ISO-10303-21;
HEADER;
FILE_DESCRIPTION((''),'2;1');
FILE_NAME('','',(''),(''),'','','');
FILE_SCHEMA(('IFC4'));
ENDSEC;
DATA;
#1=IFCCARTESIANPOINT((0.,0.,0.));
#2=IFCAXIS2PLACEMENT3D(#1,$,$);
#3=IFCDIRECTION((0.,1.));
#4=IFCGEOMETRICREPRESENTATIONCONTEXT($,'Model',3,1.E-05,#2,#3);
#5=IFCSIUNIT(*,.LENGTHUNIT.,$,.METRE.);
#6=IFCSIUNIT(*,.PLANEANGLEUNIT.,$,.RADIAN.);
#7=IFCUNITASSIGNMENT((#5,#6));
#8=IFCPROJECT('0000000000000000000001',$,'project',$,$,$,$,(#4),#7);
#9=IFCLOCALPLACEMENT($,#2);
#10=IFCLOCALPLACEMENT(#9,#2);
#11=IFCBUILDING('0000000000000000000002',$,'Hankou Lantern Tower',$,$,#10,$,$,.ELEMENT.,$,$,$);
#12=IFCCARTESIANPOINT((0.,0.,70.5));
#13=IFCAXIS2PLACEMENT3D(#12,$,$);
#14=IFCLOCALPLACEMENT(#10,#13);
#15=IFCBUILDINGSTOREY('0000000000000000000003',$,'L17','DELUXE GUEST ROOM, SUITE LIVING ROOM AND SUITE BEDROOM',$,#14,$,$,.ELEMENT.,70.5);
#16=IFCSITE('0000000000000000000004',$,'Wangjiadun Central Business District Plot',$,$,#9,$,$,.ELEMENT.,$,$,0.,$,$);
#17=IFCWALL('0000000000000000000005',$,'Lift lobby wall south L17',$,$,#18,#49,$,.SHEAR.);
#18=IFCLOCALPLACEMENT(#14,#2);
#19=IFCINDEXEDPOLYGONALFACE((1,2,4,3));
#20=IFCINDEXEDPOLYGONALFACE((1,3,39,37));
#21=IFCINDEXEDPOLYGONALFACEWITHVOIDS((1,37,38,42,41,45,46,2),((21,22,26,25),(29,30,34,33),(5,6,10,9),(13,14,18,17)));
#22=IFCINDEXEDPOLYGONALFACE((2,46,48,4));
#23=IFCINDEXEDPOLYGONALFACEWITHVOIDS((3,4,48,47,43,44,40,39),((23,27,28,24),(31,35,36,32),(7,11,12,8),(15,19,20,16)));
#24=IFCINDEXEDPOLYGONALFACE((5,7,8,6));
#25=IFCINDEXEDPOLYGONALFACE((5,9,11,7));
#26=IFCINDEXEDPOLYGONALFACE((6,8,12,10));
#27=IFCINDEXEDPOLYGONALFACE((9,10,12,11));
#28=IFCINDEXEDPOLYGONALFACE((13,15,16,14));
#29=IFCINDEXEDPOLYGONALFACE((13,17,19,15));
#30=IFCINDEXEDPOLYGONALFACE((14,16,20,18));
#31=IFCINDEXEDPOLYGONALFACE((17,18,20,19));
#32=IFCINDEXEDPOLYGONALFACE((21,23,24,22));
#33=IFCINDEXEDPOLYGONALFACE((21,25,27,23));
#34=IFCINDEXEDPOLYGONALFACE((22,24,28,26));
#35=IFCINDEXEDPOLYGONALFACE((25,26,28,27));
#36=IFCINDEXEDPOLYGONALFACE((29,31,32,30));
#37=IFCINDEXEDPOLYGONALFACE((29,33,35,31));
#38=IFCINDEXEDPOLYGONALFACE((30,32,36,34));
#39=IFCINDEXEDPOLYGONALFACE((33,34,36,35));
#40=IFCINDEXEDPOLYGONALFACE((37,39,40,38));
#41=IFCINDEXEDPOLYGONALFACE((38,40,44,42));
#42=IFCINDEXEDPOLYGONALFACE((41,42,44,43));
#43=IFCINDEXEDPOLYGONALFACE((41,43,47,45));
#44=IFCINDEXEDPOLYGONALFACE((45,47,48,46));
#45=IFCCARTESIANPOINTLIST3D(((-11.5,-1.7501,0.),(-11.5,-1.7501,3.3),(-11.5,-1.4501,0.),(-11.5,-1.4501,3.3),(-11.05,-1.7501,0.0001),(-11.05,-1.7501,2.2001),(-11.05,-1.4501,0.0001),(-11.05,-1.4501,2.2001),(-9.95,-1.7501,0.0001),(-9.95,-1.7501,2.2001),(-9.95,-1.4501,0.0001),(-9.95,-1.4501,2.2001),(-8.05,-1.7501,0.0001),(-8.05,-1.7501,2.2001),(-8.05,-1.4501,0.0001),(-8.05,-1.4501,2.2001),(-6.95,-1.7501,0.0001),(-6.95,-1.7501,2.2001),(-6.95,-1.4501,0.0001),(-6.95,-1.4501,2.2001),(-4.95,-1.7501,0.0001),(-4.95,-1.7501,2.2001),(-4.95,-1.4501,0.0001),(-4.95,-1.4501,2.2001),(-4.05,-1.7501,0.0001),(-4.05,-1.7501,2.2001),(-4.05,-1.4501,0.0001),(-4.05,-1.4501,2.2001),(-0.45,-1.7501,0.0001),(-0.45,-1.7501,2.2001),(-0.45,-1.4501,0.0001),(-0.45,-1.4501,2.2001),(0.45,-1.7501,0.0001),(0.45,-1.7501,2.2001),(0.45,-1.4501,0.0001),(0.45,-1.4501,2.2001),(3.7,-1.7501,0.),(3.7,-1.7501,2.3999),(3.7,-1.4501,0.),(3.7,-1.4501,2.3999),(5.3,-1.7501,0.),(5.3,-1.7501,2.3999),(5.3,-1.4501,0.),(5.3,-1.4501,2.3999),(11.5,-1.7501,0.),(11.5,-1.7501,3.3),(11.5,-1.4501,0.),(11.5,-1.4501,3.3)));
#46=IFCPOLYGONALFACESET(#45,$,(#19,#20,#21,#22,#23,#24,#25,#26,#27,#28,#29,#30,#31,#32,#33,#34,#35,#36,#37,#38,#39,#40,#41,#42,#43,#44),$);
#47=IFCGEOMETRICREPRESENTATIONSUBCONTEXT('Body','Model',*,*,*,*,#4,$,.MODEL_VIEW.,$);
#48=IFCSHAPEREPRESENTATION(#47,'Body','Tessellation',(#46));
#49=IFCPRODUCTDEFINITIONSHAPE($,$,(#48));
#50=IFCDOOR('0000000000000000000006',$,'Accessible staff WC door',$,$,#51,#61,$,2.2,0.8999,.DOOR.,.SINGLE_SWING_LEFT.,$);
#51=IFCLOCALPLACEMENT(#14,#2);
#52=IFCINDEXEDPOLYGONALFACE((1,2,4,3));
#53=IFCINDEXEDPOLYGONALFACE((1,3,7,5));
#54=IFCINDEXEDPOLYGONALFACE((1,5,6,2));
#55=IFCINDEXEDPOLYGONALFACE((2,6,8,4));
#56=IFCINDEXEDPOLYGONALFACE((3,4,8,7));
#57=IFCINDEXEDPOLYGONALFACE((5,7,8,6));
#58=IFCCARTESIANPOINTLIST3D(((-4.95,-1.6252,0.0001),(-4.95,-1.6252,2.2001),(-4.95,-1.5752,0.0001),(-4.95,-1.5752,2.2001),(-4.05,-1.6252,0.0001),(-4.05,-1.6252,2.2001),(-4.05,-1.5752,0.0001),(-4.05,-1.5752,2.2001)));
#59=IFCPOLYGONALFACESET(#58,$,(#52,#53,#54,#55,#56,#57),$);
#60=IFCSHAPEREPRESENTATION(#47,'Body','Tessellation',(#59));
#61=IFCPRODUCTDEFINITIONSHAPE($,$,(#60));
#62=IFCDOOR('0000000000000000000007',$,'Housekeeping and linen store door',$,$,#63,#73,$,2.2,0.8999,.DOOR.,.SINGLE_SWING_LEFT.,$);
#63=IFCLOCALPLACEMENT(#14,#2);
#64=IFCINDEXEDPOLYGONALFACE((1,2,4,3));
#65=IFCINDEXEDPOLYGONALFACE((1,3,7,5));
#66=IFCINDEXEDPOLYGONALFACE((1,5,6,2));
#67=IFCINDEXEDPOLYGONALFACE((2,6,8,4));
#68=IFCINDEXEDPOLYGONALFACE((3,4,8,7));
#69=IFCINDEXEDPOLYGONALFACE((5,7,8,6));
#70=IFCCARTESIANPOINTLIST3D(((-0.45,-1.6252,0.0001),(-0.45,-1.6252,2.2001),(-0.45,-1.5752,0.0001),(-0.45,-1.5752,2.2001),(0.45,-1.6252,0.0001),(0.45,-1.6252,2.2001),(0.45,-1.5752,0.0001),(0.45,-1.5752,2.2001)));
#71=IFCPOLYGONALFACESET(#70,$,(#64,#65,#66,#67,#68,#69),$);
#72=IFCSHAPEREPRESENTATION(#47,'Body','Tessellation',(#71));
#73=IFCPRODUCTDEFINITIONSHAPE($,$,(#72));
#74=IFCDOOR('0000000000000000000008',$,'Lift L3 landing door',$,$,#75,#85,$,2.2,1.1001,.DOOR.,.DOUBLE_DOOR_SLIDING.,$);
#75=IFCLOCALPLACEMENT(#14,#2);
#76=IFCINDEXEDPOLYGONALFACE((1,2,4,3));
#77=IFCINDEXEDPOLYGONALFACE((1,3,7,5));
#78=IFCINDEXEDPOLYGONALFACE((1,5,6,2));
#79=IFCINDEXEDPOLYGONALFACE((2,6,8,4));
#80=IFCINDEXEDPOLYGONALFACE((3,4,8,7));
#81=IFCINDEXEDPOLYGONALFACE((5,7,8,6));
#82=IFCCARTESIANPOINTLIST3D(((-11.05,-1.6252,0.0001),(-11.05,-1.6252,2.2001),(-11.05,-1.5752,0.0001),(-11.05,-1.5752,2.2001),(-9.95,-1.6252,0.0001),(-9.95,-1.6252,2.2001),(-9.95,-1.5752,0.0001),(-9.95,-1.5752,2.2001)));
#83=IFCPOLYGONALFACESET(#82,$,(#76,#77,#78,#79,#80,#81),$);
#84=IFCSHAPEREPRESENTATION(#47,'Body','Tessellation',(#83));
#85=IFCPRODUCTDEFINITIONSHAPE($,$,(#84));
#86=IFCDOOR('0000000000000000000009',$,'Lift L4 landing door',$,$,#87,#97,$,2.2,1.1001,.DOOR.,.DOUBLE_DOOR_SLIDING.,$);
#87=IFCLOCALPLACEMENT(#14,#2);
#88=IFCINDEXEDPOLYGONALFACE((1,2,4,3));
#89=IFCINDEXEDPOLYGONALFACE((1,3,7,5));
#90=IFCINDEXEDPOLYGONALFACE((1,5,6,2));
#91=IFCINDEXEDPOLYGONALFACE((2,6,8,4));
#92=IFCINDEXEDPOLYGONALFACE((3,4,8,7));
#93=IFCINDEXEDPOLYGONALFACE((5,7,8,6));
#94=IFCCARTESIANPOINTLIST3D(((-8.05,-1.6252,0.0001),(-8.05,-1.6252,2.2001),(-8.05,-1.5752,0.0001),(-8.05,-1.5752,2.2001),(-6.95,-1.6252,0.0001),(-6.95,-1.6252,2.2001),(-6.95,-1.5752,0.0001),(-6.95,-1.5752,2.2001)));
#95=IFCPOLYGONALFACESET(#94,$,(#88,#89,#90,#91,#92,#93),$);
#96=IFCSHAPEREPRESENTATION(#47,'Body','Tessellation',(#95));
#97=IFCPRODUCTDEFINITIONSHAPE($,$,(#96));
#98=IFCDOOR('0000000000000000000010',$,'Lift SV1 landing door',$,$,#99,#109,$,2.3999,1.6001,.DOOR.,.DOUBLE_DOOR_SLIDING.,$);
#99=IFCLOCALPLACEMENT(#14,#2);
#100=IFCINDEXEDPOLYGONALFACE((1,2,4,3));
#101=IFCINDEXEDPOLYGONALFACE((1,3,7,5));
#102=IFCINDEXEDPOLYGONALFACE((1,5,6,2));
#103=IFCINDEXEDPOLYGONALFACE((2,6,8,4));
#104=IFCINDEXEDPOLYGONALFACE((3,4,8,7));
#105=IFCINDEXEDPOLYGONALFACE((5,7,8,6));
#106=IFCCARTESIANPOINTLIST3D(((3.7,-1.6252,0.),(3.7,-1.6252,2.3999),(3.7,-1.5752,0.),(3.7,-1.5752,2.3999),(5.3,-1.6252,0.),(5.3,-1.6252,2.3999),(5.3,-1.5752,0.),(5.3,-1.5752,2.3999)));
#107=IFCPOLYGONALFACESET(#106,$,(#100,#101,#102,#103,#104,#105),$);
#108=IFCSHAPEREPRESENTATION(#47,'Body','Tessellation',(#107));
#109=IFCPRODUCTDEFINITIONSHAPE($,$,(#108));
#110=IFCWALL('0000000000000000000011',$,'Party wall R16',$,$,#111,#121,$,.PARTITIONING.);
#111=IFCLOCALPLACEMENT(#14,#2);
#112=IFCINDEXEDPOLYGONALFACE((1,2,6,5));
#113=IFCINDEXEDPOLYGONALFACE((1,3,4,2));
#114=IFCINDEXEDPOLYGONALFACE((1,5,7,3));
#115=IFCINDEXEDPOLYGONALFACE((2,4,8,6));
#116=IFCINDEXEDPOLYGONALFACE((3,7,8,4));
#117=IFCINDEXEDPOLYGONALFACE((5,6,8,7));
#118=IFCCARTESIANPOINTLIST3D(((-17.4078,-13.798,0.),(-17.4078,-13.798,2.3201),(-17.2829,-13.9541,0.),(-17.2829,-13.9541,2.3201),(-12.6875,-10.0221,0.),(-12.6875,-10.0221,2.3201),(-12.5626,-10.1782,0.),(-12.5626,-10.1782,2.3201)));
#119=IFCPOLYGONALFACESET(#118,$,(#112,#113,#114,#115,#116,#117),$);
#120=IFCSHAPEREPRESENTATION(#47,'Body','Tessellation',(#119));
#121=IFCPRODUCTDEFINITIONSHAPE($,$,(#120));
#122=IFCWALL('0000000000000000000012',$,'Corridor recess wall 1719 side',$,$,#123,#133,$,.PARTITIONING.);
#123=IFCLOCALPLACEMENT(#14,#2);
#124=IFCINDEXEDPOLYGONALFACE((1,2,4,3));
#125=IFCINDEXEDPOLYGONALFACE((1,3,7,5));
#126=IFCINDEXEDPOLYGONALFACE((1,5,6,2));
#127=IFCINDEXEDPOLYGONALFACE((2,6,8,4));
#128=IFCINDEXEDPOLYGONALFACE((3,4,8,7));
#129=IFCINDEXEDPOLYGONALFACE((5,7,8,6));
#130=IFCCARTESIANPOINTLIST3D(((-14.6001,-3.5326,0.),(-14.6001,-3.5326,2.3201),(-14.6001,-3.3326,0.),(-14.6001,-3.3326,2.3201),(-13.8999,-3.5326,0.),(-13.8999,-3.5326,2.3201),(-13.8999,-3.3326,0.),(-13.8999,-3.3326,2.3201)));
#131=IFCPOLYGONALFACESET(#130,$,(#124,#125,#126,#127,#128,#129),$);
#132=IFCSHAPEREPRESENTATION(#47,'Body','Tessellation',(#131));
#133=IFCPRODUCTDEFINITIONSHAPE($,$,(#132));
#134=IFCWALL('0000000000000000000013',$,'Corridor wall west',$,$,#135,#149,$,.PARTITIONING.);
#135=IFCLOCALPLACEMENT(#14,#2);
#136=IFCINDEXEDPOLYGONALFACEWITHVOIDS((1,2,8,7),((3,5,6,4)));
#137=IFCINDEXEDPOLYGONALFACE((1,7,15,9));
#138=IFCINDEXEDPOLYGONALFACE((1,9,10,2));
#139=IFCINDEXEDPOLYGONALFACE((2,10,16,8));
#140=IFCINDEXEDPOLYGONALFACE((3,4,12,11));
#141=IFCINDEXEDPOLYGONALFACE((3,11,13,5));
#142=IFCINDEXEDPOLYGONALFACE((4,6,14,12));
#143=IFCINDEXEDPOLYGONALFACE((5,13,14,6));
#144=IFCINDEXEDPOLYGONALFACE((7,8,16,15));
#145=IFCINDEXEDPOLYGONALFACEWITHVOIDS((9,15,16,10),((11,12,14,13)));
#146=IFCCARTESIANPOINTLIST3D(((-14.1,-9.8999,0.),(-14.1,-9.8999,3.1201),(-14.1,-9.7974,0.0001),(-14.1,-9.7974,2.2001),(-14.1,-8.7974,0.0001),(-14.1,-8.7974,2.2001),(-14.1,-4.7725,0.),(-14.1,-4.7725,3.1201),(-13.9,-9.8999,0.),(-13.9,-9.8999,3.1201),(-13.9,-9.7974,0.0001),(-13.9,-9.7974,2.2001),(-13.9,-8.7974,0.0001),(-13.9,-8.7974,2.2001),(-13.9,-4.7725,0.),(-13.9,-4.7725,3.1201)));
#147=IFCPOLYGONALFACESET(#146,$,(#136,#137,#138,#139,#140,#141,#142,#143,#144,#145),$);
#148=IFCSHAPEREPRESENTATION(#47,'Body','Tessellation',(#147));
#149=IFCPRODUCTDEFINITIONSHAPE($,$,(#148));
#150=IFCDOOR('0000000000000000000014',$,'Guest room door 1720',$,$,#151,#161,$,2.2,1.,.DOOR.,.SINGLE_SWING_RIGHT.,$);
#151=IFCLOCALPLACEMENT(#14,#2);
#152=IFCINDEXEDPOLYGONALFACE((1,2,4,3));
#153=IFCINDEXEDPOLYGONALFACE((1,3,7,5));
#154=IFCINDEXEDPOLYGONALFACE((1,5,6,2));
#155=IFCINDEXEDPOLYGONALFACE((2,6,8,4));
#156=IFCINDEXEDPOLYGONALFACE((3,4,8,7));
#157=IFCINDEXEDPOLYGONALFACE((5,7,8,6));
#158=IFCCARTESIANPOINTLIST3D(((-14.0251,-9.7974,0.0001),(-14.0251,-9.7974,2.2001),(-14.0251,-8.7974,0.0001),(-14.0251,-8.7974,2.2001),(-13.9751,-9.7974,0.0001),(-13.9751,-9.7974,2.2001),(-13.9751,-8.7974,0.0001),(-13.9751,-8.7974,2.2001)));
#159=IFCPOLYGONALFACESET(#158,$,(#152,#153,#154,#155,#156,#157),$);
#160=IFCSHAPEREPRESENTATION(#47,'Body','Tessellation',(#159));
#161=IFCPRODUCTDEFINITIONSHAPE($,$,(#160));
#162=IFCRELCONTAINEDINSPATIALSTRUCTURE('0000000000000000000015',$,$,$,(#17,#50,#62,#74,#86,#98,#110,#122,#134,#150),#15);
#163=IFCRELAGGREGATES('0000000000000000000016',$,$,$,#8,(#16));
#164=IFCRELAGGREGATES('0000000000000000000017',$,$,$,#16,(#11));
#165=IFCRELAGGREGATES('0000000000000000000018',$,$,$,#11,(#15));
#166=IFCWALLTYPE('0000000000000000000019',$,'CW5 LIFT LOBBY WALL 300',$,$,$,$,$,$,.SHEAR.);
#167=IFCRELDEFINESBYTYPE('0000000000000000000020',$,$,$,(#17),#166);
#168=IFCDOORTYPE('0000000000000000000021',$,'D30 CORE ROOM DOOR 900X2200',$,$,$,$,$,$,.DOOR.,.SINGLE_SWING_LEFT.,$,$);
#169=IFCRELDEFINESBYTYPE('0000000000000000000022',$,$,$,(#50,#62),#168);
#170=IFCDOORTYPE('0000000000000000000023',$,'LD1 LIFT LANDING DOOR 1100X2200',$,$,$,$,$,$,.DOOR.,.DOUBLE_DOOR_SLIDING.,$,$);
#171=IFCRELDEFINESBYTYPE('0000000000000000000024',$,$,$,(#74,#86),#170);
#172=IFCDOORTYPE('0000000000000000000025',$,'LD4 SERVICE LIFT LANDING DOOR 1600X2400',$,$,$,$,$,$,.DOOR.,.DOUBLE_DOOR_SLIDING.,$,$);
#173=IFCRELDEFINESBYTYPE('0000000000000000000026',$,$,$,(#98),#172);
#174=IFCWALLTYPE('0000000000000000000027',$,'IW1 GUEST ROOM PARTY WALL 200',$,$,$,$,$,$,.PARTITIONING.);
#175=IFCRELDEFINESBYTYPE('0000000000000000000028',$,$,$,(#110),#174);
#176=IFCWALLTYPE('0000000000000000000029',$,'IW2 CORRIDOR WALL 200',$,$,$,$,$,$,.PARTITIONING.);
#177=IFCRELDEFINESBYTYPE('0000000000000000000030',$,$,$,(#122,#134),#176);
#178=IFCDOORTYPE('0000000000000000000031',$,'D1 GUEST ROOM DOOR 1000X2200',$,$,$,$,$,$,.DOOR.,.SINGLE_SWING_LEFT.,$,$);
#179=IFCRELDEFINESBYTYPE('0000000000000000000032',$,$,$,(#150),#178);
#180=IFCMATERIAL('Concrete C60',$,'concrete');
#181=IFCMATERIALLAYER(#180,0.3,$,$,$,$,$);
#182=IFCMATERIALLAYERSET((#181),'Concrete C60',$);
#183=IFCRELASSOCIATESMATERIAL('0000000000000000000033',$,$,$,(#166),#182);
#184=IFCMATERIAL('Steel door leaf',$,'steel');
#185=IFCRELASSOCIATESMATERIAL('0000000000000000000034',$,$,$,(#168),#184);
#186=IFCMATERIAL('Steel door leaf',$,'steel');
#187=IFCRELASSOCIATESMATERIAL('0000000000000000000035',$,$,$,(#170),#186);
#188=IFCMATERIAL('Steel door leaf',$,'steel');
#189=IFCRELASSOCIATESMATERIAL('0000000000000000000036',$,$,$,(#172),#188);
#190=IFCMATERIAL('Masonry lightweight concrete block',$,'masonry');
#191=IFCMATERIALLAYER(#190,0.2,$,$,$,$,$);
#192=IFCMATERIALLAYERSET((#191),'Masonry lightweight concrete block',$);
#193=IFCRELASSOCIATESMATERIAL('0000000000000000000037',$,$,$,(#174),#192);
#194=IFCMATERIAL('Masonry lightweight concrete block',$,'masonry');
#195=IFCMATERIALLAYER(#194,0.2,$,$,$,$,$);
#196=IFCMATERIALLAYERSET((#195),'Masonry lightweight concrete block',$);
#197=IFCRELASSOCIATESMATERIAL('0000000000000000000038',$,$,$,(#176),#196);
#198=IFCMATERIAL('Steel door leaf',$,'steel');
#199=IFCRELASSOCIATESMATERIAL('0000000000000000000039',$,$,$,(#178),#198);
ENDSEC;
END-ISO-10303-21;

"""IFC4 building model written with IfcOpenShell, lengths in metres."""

from ifc_helpers import new_model, si_unit, direction, frame, frame_2d, origin, place, context, subcontext, project, spatial, rectangle, extrude, material, layer, layer_set, type_object, element, fill, save


model = new_model("IFC4")

# Units and contexts
model_context = context("Model", 3, precision=1e-05, world=origin(), true_north=direction((0.0, 1.0)))
body_context = subcontext(model_context, "Body", "Model", "MODEL_VIEW")
ifc_project = project(units=[si_unit("LENGTHUNIT", "METRE"), si_unit("PLANEANGLEUNIT", "RADIAN")], contexts=[model_context])

# Site, building, storey
site_placement = place(None, origin())
site = spatial("IfcSite", under=ifc_project, at=site_placement, Name="Wangjiadun Central Business District Plot", CompositionType="ELEMENT", RefElevation=0.0)
building_placement = place(site_placement, origin())
building = spatial("IfcBuilding", under=site, at=building_placement, Name="Hankou Lantern Tower", CompositionType="ELEMENT")
storey_placement = place(building_placement, frame((0.0, 0.0, 70.5)))
storey = spatial("IfcBuildingStorey", under=building, at=storey_placement, Name="L17", Description="DELUXE GUEST ROOM, SUITE LIVING ROOM AND SUITE BEDROOM", CompositionType="ELEMENT", Elevation=70.5)

# Wall, openings, doors
ifc_material_1 = material(Name="Concrete C60", Category="concrete")
ifc_layer_1 = layer(ifc_material_1, 0.3)
ifc_layer_set_1 = layer_set([ifc_layer_1], Name="Concrete C60")
wall_type_1 = type_object("IfcWallType", Name="CW5 LIFT LOBBY WALL 300", PredefinedType="SHEAR", material=ifc_layer_set_1)
ifc_material_2 = material(Name="Steel door leaf", Category="steel")
door_type_1 = type_object("IfcDoorType", Name="D30 CORE ROOM DOOR 900X2200", OperationType="SINGLE_SWING_LEFT", PredefinedType="DOOR", material=ifc_material_2)
ifc_material_3 = material(Name="Steel door leaf", Category="steel")
door_type_2 = type_object("IfcDoorType", Name="LD1 LIFT LANDING DOOR 1100X2200", OperationType="DOUBLE_DOOR_SLIDING", PredefinedType="DOOR", material=ifc_material_3)
wall_1_placement = place(storey_placement, frame((-11.5, -1.6001, 0.0), z_axis=(0.0, 0.0, 1.0), x_axis=(1.0, 0.0, 0.0)))
wall_1 = element("IfcWall", 1, at=wall_1_placement, inside=storey, type_object=wall_type_1, Name="Lift lobby wall south L17", PredefinedType="SHEAR", context=body_context, shape_type="SweptSolid", body=[
    extrude(rectangle(XDim=23.0, YDim=0.3, at=frame_2d((11.5, 0.0))), origin(), (0.0, 0.0, 1.0), 3.3),
])
opening_1_placement = place(wall_1_placement, frame((0.45, 0.0, 0.0)))
opening_1 = element("IfcOpeningElement", 2, at=opening_1_placement, cuts=wall_1, PredefinedType="OPENING", context=body_context, shape_type="SweptSolid", body=[
    extrude(rectangle(XDim=1.1001, YDim=2.2, at=frame_2d((0.55, 1.1001))), frame((0.0, 0.1599, 0.0), z_axis=(0.0, -1.0, 0.0), x_axis=(1.0, 0.0, 0.0)), (0.0, 0.0, 1.0), 0.3201),
])
opening_2_placement = place(wall_1_placement, frame((3.45, 0.0, 0.0)))
opening_2 = element("IfcOpeningElement", 3, at=opening_2_placement, cuts=wall_1, PredefinedType="OPENING", context=body_context, shape_type="SweptSolid", body=[
    extrude(rectangle(XDim=1.1001, YDim=2.2, at=frame_2d((0.55, 1.1001))), frame((0.0, 0.1599, 0.0), z_axis=(0.0, -1.0, 0.0), x_axis=(1.0, 0.0, 0.0)), (0.0, 0.0, 1.0), 0.3201),
])
opening_3_placement = place(wall_1_placement, frame((15.2, 0.0, 0.0)))
opening_3 = element("IfcOpeningElement", 4, at=opening_3_placement, cuts=wall_1, PredefinedType="OPENING", context=body_context, shape_type="SweptSolid", body=[
    extrude(rectangle(XDim=1.6001, YDim=2.3999, at=frame_2d((0.8, 1.2))), frame((0.0, 0.1599, 0.0), z_axis=(0.0, -1.0, 0.0), x_axis=(1.0, 0.0, 0.0)), (0.0, 0.0, 1.0), 0.3201),
])
opening_4_placement = place(wall_1_placement, frame((6.55, 0.0, 0.0)))
opening_4 = element("IfcOpeningElement", 5, at=opening_4_placement, cuts=wall_1, PredefinedType="OPENING", context=body_context, shape_type="SweptSolid", body=[
    extrude(rectangle(XDim=0.8999, YDim=2.2, at=frame_2d((0.45, 1.1001))), frame((0.0, 0.1599, 0.0), z_axis=(0.0, -1.0, 0.0), x_axis=(1.0, 0.0, 0.0)), (0.0, 0.0, 1.0), 0.3201),
])
opening_5_placement = place(wall_1_placement, frame((11.05, 0.0, 0.0)))
opening_5 = element("IfcOpeningElement", 6, at=opening_5_placement, cuts=wall_1, PredefinedType="OPENING", context=body_context, shape_type="SweptSolid", body=[
    extrude(rectangle(XDim=0.8999, YDim=2.2, at=frame_2d((0.45, 1.1001))), frame((0.0, 0.1599, 0.0), z_axis=(0.0, -1.0, 0.0), x_axis=(1.0, 0.0, 0.0)), (0.0, 0.0, 1.0), 0.3201),
])
door_1_placement = place(opening_4_placement, origin())
door_1 = element("IfcDoor", 7, at=door_1_placement, inside=storey, type_object=door_type_1, Name="Accessible staff WC door", OperationType="SINGLE_SWING_LEFT", OverallHeight=2.2, OverallWidth=0.8999, PredefinedType="DOOR", context=body_context, shape_type="SweptSolid", body=[
    extrude(rectangle(XDim=0.8999, YDim=2.2, at=frame_2d((0.45, 1.1001))), frame((0.0, 0.0249, 0.0), z_axis=(0.0, -1.0, 0.0), x_axis=(1.0, 0.0, 0.0)), (0.0, 0.0, 1.0), 0.05),
])
fill(opening_4, door_1)
door_2_placement = place(opening_5_placement, origin())
door_2 = element("IfcDoor", 8, at=door_2_placement, inside=storey, type_object=door_type_1, Name="Housekeeping and linen store door", OperationType="SINGLE_SWING_LEFT", OverallHeight=2.2, OverallWidth=0.8999, PredefinedType="DOOR", context=body_context, shape_type="SweptSolid", body=[
    extrude(rectangle(XDim=0.8999, YDim=2.2, at=frame_2d((0.45, 1.1001))), frame((0.0, 0.0249, 0.0), z_axis=(0.0, -1.0, 0.0), x_axis=(1.0, 0.0, 0.0)), (0.0, 0.0, 1.0), 0.05),
])
fill(opening_5, door_2)
door_3_placement = place(opening_1_placement, origin())
door_3 = element("IfcDoor", 9, at=door_3_placement, inside=storey, type_object=door_type_2, Name="Lift L3 landing door", OperationType="DOUBLE_DOOR_SLIDING", OverallHeight=2.2, OverallWidth=1.1001, PredefinedType="DOOR", context=body_context, shape_type="SweptSolid", body=[
    extrude(rectangle(XDim=1.1001, YDim=2.2, at=frame_2d((0.55, 1.1001))), frame((0.0, 0.0249, 0.0), z_axis=(0.0, -1.0, 0.0), x_axis=(1.0, 0.0, 0.0)), (0.0, 0.0, 1.0), 0.05),
])
fill(opening_1, door_3)
door_4_placement = place(opening_2_placement, origin())
door_4 = element("IfcDoor", 10, at=door_4_placement, inside=storey, type_object=door_type_2, Name="Lift L4 landing door", OperationType="DOUBLE_DOOR_SLIDING", OverallHeight=2.2, OverallWidth=1.1001, PredefinedType="DOOR", context=body_context, shape_type="SweptSolid", body=[
    extrude(rectangle(XDim=1.1001, YDim=2.2, at=frame_2d((0.55, 1.1001))), frame((0.0, 0.0249, 0.0), z_axis=(0.0, -1.0, 0.0), x_axis=(1.0, 0.0, 0.0)), (0.0, 0.0, 1.0), 0.05),
])
fill(opening_2, door_4)
ifc_material_4 = material(Name="Steel door leaf", Category="steel")
door_type_3 = type_object("IfcDoorType", Name="LD4 SERVICE LIFT LANDING DOOR 1600X2400", OperationType="DOUBLE_DOOR_SLIDING", PredefinedType="DOOR", material=ifc_material_4)
door_5_placement = place(opening_3_placement, origin())
door_5 = element("IfcDoor", 11, at=door_5_placement, inside=storey, type_object=door_type_3, Name="Lift SV1 landing door", OperationType="DOUBLE_DOOR_SLIDING", OverallHeight=2.3999, OverallWidth=1.6001, PredefinedType="DOOR", context=body_context, shape_type="SweptSolid", body=[
    extrude(rectangle(XDim=1.6001, YDim=2.3999, at=frame_2d((0.8, 1.2))), frame((0.0, 0.0249, 0.0), z_axis=(0.0, -1.0, 0.0), x_axis=(1.0, 0.0, 0.0)), (0.0, 0.0, 1.0), 0.05),
])
fill(opening_3, door_5)

# Walls
ifc_material_5 = material(Name="Masonry lightweight concrete block", Category="masonry")
ifc_layer_2 = layer(ifc_material_5, 0.2)
ifc_layer_set_2 = layer_set([ifc_layer_2], Name="Masonry lightweight concrete block")
wall_type_2 = type_object("IfcWallType", Name="IW1 GUEST ROOM PARTY WALL 200", PredefinedType="PARTITIONING", material=ifc_layer_set_2)
wall_2_placement = place(storey_placement, frame((-12.625, -10.1001, 0.0), z_axis=(0.0, 0.0, 1.0), x_axis=(-0.780892, -0.624665, 0.0)))
element("IfcWall", 12, at=wall_2_placement, inside=storey, type_object=wall_type_2, Name="Party wall R16", PredefinedType="PARTITIONING", context=body_context, shape_type="SweptSolid", body=[
    extrude(rectangle(XDim=6.0447, YDim=0.2, at=frame_2d((3.0225, 0.0))), origin(), (0.0, 0.0, 1.0), 2.3201),
])
ifc_material_6 = material(Name="Masonry lightweight concrete block", Category="masonry")
ifc_layer_3 = layer(ifc_material_6, 0.2)
ifc_layer_set_3 = layer_set([ifc_layer_3], Name="Masonry lightweight concrete block")
wall_type_3 = type_object("IfcWallType", Name="IW2 CORRIDOR WALL 200", PredefinedType="PARTITIONING", material=ifc_layer_set_3)
wall_3_placement = place(storey_placement, frame((-13.8999, -3.4326, 0.0), z_axis=(0.0, 0.0, 1.0), x_axis=(-1.0, 0.0, 0.0)))
element("IfcWall", 13, at=wall_3_placement, inside=storey, type_object=wall_type_3, Name="Corridor recess wall 1719 side", PredefinedType="PARTITIONING", context=body_context, shape_type="SweptSolid", body=[
    extrude(rectangle(XDim=0.7002, YDim=0.2, at=frame_2d((0.3501, 0.0))), origin(), (0.0, 0.0, 1.0), 2.3201),
])

# Wall, opening, door
wall_4_placement = place(storey_placement, frame((-14.0, -4.7725, 0.0), z_axis=(0.0, 0.0, 1.0), x_axis=(0.0, -1.0, 0.0)))
wall_4 = element("IfcWall", 14, at=wall_4_placement, inside=storey, type_object=wall_type_3, Name="Corridor wall west", PredefinedType="PARTITIONING", context=body_context, shape_type="SweptSolid", body=[
    extrude(rectangle(XDim=5.1274, YDim=0.2, at=frame_2d((2.5637, 0.0))), origin(), (0.0, 0.0, 1.0), 3.1201),
])
opening_6_placement = place(wall_4_placement, frame((4.0249, 0.0, 0.0)))
opening_6 = element("IfcOpeningElement", 15, at=opening_6_placement, cuts=wall_4, PredefinedType="OPENING", context=body_context, shape_type="SweptSolid", body=[
    extrude(rectangle(XDim=1.0, YDim=2.2, at=frame_2d((0.5, 1.1001))), frame((0.0, 0.1099, 0.0), z_axis=(0.0, -1.0, 0.0), x_axis=(1.0, 0.0, 0.0)), (0.0, 0.0, 1.0), 0.22),
])
ifc_material_7 = material(Name="Steel door leaf", Category="steel")
door_type_4 = type_object("IfcDoorType", Name="D1 GUEST ROOM DOOR 1000X2200", OperationType="SINGLE_SWING_LEFT", PredefinedType="DOOR", material=ifc_material_7)
door_6_placement = place(opening_6_placement, origin())
door_6 = element("IfcDoor", 16, at=door_6_placement, inside=storey, type_object=door_type_4, Name="Guest room door 1720", OperationType="SINGLE_SWING_RIGHT", OverallHeight=2.2, OverallWidth=1.0, PredefinedType="DOOR", context=body_context, shape_type="SweptSolid", body=[
    extrude(rectangle(XDim=1.0, YDim=2.2, at=frame_2d((0.5, 1.1001))), frame((0.0, 0.0249, 0.0), z_axis=(0.0, -1.0, 0.0), x_axis=(1.0, 0.0, 0.0)), (0.0, 0.0, 1.0), 0.05),
])
fill(opening_6, door_6)

save(model, "model.ifc")
